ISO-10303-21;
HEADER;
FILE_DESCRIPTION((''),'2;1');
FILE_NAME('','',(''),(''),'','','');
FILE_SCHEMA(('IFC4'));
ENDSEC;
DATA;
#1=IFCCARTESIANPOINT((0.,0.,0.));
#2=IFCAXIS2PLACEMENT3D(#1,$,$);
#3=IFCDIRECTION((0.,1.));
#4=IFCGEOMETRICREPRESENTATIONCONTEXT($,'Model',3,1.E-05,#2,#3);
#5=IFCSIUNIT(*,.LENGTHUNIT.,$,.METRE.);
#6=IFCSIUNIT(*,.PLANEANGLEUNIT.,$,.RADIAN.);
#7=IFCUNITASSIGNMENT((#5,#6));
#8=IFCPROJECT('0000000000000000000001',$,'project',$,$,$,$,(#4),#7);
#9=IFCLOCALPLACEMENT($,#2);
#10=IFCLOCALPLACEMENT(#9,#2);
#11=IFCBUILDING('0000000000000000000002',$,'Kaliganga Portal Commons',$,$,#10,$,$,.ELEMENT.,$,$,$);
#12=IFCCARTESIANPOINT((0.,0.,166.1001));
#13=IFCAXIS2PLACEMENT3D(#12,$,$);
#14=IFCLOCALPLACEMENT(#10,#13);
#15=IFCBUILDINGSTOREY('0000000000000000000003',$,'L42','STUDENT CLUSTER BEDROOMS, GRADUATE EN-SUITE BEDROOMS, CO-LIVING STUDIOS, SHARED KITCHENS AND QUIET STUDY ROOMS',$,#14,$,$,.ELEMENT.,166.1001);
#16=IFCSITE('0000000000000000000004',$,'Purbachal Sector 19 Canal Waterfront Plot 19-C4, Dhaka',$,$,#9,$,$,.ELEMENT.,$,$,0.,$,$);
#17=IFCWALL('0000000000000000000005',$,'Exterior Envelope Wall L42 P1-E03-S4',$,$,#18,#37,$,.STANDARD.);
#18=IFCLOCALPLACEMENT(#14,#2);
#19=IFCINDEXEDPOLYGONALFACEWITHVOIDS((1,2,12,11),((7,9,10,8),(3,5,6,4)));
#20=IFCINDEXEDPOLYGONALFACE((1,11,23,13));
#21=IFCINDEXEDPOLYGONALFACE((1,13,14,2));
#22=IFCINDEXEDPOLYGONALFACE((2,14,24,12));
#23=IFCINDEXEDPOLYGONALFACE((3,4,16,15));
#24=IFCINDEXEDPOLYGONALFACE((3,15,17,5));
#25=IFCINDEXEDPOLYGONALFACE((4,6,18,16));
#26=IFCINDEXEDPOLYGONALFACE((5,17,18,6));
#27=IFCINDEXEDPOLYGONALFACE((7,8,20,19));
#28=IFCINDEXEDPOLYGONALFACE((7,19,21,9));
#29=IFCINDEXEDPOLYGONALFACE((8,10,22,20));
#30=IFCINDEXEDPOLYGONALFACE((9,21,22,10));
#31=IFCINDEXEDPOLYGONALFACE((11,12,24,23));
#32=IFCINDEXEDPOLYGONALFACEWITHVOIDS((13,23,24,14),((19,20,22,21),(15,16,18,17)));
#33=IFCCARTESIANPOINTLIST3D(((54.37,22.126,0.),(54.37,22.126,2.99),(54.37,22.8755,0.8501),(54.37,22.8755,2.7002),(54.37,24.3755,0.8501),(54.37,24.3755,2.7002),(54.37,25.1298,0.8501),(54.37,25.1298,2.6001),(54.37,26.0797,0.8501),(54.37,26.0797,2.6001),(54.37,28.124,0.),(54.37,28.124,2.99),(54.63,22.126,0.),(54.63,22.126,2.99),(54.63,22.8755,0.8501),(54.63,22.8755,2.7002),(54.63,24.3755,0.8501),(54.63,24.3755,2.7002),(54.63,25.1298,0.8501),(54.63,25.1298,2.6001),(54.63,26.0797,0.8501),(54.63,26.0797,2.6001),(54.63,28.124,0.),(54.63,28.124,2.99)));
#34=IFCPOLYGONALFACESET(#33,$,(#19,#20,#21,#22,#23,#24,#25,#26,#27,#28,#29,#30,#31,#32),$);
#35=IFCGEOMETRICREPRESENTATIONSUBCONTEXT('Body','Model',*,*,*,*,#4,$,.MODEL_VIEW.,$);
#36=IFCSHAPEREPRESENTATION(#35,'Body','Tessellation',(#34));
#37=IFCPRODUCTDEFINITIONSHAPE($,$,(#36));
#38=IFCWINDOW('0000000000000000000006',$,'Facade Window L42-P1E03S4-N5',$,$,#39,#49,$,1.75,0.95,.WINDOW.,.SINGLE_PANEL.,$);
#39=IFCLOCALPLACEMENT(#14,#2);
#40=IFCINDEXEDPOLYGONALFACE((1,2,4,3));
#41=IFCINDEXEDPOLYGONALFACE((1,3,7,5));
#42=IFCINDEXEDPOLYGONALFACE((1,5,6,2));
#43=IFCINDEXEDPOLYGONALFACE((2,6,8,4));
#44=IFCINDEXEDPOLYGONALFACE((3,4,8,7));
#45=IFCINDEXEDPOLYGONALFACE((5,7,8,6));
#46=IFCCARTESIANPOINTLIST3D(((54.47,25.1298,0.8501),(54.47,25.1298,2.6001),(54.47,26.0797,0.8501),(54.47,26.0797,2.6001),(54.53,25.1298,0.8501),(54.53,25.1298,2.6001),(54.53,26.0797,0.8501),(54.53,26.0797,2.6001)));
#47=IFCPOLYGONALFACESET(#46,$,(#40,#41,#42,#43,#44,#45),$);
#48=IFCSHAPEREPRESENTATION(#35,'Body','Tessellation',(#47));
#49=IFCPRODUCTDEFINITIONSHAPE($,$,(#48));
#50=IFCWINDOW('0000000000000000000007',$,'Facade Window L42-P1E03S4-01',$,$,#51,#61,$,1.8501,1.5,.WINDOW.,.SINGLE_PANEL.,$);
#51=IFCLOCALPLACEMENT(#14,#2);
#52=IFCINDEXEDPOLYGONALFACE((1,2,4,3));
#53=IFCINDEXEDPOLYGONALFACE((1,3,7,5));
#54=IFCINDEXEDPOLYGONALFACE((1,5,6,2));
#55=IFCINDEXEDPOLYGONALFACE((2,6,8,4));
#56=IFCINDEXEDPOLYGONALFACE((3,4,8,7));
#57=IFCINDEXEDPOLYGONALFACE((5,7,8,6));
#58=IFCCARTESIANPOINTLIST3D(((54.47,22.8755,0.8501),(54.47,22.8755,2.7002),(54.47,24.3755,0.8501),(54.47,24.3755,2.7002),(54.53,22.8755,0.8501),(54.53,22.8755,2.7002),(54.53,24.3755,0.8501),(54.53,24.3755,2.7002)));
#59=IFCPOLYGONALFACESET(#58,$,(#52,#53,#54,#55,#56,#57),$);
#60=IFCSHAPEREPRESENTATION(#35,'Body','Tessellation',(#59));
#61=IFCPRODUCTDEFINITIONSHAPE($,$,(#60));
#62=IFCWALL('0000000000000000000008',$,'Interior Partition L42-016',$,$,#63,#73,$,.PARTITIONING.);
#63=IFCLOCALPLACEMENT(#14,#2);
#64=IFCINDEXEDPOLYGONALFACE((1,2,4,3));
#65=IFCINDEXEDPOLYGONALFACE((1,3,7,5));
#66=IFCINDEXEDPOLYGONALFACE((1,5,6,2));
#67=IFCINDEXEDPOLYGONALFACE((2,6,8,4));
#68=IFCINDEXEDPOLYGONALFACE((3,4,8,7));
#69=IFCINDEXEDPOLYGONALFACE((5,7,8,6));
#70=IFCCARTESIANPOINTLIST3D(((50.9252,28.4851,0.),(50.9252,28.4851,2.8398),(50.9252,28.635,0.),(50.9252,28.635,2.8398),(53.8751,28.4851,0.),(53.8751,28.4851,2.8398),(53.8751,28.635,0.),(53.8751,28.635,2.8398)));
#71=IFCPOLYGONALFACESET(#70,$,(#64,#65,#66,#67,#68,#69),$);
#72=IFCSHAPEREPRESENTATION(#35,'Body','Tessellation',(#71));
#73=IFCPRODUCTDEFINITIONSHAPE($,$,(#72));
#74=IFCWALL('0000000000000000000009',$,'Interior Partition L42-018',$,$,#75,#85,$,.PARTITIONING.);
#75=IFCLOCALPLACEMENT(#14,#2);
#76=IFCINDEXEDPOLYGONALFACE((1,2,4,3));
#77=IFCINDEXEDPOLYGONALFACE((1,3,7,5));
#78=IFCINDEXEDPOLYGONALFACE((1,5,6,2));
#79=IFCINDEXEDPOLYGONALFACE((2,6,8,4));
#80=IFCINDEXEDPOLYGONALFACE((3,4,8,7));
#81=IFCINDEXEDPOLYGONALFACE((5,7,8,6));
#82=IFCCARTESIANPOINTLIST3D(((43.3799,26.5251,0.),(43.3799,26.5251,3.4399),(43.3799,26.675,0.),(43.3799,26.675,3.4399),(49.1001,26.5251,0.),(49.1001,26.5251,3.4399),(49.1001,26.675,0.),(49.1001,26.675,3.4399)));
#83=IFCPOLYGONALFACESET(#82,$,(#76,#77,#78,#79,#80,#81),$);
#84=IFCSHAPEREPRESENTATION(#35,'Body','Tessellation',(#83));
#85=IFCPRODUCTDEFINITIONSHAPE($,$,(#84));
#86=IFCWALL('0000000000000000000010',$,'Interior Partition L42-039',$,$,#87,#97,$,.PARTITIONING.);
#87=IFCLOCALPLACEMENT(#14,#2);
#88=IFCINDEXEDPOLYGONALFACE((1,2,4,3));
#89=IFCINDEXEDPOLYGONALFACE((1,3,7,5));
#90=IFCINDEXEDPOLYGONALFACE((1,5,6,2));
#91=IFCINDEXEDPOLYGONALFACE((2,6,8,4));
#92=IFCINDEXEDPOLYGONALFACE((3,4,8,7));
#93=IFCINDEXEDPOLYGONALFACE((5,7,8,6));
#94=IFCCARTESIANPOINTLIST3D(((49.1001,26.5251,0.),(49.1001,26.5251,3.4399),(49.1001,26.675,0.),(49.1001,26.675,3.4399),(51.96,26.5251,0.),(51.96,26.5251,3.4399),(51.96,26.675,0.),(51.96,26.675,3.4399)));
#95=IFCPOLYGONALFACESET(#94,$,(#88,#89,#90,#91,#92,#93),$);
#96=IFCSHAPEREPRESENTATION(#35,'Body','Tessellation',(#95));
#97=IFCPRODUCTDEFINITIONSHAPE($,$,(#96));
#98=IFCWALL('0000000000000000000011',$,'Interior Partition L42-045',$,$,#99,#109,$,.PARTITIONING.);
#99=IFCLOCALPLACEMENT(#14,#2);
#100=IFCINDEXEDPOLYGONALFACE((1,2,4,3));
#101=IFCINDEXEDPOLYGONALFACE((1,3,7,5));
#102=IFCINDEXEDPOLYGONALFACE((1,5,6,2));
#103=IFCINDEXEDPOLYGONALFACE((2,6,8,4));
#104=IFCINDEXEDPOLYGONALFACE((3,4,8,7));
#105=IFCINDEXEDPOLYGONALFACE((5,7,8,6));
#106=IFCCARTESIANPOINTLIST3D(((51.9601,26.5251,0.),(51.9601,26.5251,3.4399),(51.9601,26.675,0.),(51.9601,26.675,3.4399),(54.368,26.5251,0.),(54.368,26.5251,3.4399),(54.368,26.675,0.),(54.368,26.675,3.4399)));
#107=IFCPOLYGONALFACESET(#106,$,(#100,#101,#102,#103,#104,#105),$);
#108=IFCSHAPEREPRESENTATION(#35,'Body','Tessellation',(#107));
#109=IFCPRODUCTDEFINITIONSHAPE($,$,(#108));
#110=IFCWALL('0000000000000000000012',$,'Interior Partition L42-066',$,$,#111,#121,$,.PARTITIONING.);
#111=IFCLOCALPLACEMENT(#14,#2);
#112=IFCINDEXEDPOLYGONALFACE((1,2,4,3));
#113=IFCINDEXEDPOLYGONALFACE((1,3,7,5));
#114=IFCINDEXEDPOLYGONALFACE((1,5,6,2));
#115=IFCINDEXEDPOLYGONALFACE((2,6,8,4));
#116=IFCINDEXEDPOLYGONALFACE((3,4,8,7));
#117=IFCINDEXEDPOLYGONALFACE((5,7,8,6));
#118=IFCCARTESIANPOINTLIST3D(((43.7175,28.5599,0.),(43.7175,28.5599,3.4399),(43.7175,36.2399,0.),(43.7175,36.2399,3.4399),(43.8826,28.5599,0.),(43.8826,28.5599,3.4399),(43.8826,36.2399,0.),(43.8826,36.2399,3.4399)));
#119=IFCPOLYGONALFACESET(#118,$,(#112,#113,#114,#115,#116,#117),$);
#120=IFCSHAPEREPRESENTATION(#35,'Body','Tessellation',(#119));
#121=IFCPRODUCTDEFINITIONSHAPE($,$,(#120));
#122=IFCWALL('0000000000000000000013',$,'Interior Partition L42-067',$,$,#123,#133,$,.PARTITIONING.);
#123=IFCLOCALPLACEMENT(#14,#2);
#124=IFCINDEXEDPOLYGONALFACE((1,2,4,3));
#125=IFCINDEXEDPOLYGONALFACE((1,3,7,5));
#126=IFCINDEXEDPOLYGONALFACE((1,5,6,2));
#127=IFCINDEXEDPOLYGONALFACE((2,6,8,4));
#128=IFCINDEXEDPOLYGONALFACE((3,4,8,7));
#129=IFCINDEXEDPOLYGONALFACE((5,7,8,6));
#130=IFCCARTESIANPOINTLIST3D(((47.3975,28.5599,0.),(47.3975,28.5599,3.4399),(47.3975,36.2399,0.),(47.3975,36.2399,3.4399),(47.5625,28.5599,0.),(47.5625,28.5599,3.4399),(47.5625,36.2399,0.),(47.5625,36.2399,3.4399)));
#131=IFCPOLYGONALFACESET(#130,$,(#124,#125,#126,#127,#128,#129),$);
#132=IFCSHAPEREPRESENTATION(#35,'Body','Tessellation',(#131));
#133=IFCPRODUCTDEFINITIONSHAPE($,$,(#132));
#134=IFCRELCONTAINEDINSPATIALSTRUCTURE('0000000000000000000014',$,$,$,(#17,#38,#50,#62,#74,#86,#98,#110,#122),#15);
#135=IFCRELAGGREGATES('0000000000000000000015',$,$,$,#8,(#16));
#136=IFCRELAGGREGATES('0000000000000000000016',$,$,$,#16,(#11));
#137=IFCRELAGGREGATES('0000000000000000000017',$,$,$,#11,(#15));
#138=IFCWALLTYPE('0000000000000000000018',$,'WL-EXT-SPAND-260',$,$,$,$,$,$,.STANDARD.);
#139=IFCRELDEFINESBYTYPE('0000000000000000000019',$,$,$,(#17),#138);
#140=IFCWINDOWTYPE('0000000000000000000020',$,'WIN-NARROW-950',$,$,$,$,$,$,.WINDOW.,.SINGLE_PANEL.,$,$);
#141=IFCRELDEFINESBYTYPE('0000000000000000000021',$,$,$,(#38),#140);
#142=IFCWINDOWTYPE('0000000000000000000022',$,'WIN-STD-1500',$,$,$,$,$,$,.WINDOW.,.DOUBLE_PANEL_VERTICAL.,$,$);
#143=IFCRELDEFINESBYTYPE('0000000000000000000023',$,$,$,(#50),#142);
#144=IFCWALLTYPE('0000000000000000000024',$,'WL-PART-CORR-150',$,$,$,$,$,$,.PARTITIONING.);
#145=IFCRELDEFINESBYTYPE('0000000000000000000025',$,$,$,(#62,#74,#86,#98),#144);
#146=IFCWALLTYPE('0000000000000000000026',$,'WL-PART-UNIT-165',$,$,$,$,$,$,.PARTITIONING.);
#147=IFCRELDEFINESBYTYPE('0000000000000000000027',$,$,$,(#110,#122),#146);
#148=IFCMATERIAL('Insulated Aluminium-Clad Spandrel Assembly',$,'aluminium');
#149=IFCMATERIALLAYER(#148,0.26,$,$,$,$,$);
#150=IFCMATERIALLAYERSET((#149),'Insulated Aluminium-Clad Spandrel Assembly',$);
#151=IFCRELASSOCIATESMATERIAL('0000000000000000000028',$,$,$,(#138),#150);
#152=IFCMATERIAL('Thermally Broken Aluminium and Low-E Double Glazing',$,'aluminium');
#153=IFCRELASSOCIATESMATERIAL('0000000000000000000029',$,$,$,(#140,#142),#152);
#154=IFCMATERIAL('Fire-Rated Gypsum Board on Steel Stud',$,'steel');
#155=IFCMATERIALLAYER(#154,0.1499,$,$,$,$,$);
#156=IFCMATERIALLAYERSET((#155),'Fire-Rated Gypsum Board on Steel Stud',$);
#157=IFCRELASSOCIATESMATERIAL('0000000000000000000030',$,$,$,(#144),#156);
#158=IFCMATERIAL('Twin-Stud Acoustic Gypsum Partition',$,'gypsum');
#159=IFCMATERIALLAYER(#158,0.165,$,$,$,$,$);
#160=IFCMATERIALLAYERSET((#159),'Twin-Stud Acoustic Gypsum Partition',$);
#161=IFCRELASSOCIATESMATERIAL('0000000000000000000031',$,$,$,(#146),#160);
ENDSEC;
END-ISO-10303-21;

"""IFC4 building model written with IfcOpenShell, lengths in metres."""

from ifc_helpers import new_model, si_unit, direction, frame, frame_2d, origin, place, context, subcontext, project, spatial, rectangle, extrude, material, layer, layer_set, type_object, element, fill, save


model = new_model("IFC4")

# Units and contexts
model_context = context("Model", 3, precision=1e-05, world=origin(), true_north=direction((0.0, 1.0)))
body_context = subcontext(model_context, "Body", "Model", "MODEL_VIEW")
ifc_project = project(units=[si_unit("LENGTHUNIT", "METRE"), si_unit("PLANEANGLEUNIT", "RADIAN")], contexts=[model_context])

# Site, building, storey
site_placement = place(None, origin())
site = spatial("IfcSite", under=ifc_project, at=site_placement, Name="Purbachal Sector 19 Canal Waterfront Plot 19-C4, Dhaka", CompositionType="ELEMENT", RefElevation=0.0)
building_placement = place(site_placement, origin())
building = spatial("IfcBuilding", under=site, at=building_placement, Name="Kaliganga Portal Commons", CompositionType="ELEMENT")
storey_placement = place(building_placement, frame((0.0, 0.0, 166.1001)))
storey = spatial("IfcBuildingStorey", under=building, at=storey_placement, Name="L42", Description="STUDENT CLUSTER BEDROOMS, GRADUATE EN-SUITE BEDROOMS, CO-LIVING STUDIOS, SHARED KITCHENS AND QUIET STUDY ROOMS", CompositionType="ELEMENT", Elevation=166.1001)

# Wall, openings, windows
ifc_material_1 = material(Name="Insulated Aluminium-Clad Spandrel Assembly", Category="aluminium")
ifc_layer_1 = layer(ifc_material_1, 0.26)
ifc_layer_set_1 = layer_set([ifc_layer_1], Name="Insulated Aluminium-Clad Spandrel Assembly")
wall_type_1 = type_object("IfcWallType", Name="WL-EXT-SPAND-260", PredefinedType="STANDARD", material=ifc_layer_set_1)
wall_1_placement = place(storey_placement, frame((54.5, 28.124, 0.0), z_axis=(0.0, 0.0, 1.0), x_axis=(0.0, -1.0, 0.0)))
wall_1 = element("IfcWall", 1, at=wall_1_placement, inside=storey, type_object=wall_type_1, Name="Exterior Envelope Wall L42 P1-E03-S4", PredefinedType="STANDARD", context=body_context, shape_type="SweptSolid", body=[
    extrude(rectangle(XDim=5.998, YDim=0.26, at=frame_2d((2.999, 0.0))), origin(), (0.0, 0.0, 1.0), 2.99),
])
opening_1_placement = place(wall_1_placement, frame((3.7485, 0.0, 0.8501)))
opening_1 = element("IfcOpeningElement", 2, at=opening_1_placement, cuts=wall_1, PredefinedType="OPENING", context=body_context, shape_type="SweptSolid", body=[
    extrude(rectangle(XDim=1.5, YDim=1.8501, at=frame_2d((0.75, 0.925))), frame((0.0, 0.1401, 0.0), z_axis=(0.0, -1.0, 0.0), x_axis=(1.0, 0.0, 0.0)), (0.0, 0.0, 1.0), 0.28),
])
opening_2_placement = place(wall_1_placement, frame((2.0442, 0.0, 0.8501)))
opening_2 = element("IfcOpeningElement", 3, at=opening_2_placement, cuts=wall_1, PredefinedType="OPENING", context=body_context, shape_type="SweptSolid", body=[
    extrude(rectangle(XDim=0.95, YDim=1.75, at=frame_2d((0.4751, 0.875))), frame((0.0, 0.1401, 0.0), z_axis=(0.0, -1.0, 0.0), x_axis=(1.0, 0.0, 0.0)), (0.0, 0.0, 1.0), 0.28),
])
ifc_material_2 = material(Name="Thermally Broken Aluminium and Low-E Double Glazing", Category="aluminium")
window_type_1 = type_object("IfcWindowType", Name="WIN-NARROW-950", PartitioningType="SINGLE_PANEL", PredefinedType="WINDOW", material=ifc_material_2)
window_1_placement = place(opening_2_placement, origin())
window_1 = element("IfcWindow", 4, at=window_1_placement, inside=storey, type_object=window_type_1, Name="Facade Window L42-P1E03S4-N5", OverallHeight=1.75, OverallWidth=0.95, PartitioningType="SINGLE_PANEL", PredefinedType="WINDOW", context=body_context, shape_type="SweptSolid", body=[
    extrude(rectangle(XDim=0.95, YDim=1.75, at=frame_2d((0.4751, 0.875))), frame((0.0, 0.03, 0.0), z_axis=(0.0, -1.0, 0.0), x_axis=(1.0, 0.0, 0.0)), (0.0, 0.0, 1.0), 0.0601),
])
fill(opening_2, window_1)
window_type_2 = type_object("IfcWindowType", Name="WIN-STD-1500", PartitioningType="DOUBLE_PANEL_VERTICAL", PredefinedType="WINDOW", material=ifc_material_2)
window_2_placement = place(opening_1_placement, origin())
window_2 = element("IfcWindow", 5, at=window_2_placement, inside=storey, type_object=window_type_2, Name="Facade Window L42-P1E03S4-01", OverallHeight=1.8501, OverallWidth=1.5, PartitioningType="SINGLE_PANEL", PredefinedType="WINDOW", context=body_context, shape_type="SweptSolid", body=[
    extrude(rectangle(XDim=1.5, YDim=1.8501, at=frame_2d((0.75, 0.925))), frame((0.0, 0.03, 0.0), z_axis=(0.0, -1.0, 0.0), x_axis=(1.0, 0.0, 0.0)), (0.0, 0.0, 1.0), 0.0601),
])
fill(opening_1, window_2)

# Shared definitions
ifc_material_3 = material(Name="Fire-Rated Gypsum Board on Steel Stud", Category="steel")
ifc_layer_2 = layer(ifc_material_3, 0.1499)
ifc_layer_set_2 = layer_set([ifc_layer_2], Name="Fire-Rated Gypsum Board on Steel Stud")
wall_type_2 = type_object("IfcWallType", Name="WL-PART-CORR-150", PredefinedType="PARTITIONING", material=ifc_layer_set_2)

# Walls
wall_2_placement = place(storey_placement, frame((50.925, 28.5601, 0.0), z_axis=(0.0, 0.0, 1.0), x_axis=(1.0, 0.0, 0.0)))
element("IfcWall", 6, at=wall_2_placement, inside=storey, type_object=wall_type_2, Name="Interior Partition L42-016", PredefinedType="PARTITIONING", context=body_context, shape_type="SweptSolid", body=[
    extrude(rectangle(XDim=2.95, YDim=0.1499, at=frame_2d((1.4751, 0.0))), origin(), (0.0, 0.0, 1.0), 2.8398),
])
wall_3_placement = place(storey_placement, frame((43.3799, 26.6001, 0.0), z_axis=(0.0, 0.0, 1.0), x_axis=(1.0, 0.0, 0.0)))
element("IfcWall", 7, at=wall_3_placement, inside=storey, type_object=wall_type_2, Name="Interior Partition L42-018", PredefinedType="PARTITIONING", context=body_context, shape_type="SweptSolid", body=[
    extrude(rectangle(XDim=5.7202, YDim=0.1499, at=frame_2d((2.8601, 0.0))), origin(), (0.0, 0.0, 1.0), 3.4399),
])

# Walls
wall_4_placement = place(storey_placement, frame((49.1001, 26.6001, 0.0), z_axis=(0.0, 0.0, 1.0), x_axis=(1.0, 0.0, 0.0)))
element("IfcWall", 8, at=wall_4_placement, inside=storey, type_object=wall_type_2, Name="Interior Partition L42-039", PredefinedType="PARTITIONING", context=body_context, shape_type="SweptSolid", body=[
    extrude(rectangle(XDim=2.8599, YDim=0.1499, at=frame_2d((1.4299, 0.0))), origin(), (0.0, 0.0, 1.0), 3.4399),
])
wall_5_placement = place(storey_placement, frame((51.96, 26.6001, 0.0), z_axis=(0.0, 0.0, 1.0), x_axis=(1.0, 0.0, 0.0)))
element("IfcWall", 9, at=wall_5_placement, inside=storey, type_object=wall_type_2, Name="Interior Partition L42-045", PredefinedType="PARTITIONING", context=body_context, shape_type="SweptSolid", body=[
    extrude(rectangle(XDim=2.408, YDim=0.1499, at=frame_2d((1.2041, 0.0))), origin(), (0.0, 0.0, 1.0), 3.4399),
])
ifc_material_4 = material(Name="Twin-Stud Acoustic Gypsum Partition", Category="gypsum")
ifc_layer_3 = layer(ifc_material_4, 0.165)
ifc_layer_set_3 = layer_set([ifc_layer_3], Name="Twin-Stud Acoustic Gypsum Partition")
wall_type_3 = type_object("IfcWallType", Name="WL-PART-UNIT-165", PredefinedType="PARTITIONING", material=ifc_layer_set_3)
for number, where, z_axis, x_axis, name in (
    (10, (43.8, 28.5601, 0.0), (0.0, 0.0, 1.0), (0.0, 1.0, 0.0), "Interior Partition L42-066"),
    (11, (47.48, 28.5601, 0.0), (0.0, 0.0, 1.0), (0.0, 1.0, 0.0), "Interior Partition L42-067"),
):
    element("IfcWall", number, at=place(storey_placement, frame(where, z_axis=z_axis, x_axis=x_axis)), inside=storey, type_object=wall_type_3, Name=name, PredefinedType="PARTITIONING", context=body_context, shape_type="SweptSolid", body=[
        extrude(rectangle(XDim=7.6799, YDim=0.165, at=frame_2d((3.8398, 0.0))), origin(), (0.0, 0.0, 1.0), 3.4399),
    ])

save(model, "model.ifc")
